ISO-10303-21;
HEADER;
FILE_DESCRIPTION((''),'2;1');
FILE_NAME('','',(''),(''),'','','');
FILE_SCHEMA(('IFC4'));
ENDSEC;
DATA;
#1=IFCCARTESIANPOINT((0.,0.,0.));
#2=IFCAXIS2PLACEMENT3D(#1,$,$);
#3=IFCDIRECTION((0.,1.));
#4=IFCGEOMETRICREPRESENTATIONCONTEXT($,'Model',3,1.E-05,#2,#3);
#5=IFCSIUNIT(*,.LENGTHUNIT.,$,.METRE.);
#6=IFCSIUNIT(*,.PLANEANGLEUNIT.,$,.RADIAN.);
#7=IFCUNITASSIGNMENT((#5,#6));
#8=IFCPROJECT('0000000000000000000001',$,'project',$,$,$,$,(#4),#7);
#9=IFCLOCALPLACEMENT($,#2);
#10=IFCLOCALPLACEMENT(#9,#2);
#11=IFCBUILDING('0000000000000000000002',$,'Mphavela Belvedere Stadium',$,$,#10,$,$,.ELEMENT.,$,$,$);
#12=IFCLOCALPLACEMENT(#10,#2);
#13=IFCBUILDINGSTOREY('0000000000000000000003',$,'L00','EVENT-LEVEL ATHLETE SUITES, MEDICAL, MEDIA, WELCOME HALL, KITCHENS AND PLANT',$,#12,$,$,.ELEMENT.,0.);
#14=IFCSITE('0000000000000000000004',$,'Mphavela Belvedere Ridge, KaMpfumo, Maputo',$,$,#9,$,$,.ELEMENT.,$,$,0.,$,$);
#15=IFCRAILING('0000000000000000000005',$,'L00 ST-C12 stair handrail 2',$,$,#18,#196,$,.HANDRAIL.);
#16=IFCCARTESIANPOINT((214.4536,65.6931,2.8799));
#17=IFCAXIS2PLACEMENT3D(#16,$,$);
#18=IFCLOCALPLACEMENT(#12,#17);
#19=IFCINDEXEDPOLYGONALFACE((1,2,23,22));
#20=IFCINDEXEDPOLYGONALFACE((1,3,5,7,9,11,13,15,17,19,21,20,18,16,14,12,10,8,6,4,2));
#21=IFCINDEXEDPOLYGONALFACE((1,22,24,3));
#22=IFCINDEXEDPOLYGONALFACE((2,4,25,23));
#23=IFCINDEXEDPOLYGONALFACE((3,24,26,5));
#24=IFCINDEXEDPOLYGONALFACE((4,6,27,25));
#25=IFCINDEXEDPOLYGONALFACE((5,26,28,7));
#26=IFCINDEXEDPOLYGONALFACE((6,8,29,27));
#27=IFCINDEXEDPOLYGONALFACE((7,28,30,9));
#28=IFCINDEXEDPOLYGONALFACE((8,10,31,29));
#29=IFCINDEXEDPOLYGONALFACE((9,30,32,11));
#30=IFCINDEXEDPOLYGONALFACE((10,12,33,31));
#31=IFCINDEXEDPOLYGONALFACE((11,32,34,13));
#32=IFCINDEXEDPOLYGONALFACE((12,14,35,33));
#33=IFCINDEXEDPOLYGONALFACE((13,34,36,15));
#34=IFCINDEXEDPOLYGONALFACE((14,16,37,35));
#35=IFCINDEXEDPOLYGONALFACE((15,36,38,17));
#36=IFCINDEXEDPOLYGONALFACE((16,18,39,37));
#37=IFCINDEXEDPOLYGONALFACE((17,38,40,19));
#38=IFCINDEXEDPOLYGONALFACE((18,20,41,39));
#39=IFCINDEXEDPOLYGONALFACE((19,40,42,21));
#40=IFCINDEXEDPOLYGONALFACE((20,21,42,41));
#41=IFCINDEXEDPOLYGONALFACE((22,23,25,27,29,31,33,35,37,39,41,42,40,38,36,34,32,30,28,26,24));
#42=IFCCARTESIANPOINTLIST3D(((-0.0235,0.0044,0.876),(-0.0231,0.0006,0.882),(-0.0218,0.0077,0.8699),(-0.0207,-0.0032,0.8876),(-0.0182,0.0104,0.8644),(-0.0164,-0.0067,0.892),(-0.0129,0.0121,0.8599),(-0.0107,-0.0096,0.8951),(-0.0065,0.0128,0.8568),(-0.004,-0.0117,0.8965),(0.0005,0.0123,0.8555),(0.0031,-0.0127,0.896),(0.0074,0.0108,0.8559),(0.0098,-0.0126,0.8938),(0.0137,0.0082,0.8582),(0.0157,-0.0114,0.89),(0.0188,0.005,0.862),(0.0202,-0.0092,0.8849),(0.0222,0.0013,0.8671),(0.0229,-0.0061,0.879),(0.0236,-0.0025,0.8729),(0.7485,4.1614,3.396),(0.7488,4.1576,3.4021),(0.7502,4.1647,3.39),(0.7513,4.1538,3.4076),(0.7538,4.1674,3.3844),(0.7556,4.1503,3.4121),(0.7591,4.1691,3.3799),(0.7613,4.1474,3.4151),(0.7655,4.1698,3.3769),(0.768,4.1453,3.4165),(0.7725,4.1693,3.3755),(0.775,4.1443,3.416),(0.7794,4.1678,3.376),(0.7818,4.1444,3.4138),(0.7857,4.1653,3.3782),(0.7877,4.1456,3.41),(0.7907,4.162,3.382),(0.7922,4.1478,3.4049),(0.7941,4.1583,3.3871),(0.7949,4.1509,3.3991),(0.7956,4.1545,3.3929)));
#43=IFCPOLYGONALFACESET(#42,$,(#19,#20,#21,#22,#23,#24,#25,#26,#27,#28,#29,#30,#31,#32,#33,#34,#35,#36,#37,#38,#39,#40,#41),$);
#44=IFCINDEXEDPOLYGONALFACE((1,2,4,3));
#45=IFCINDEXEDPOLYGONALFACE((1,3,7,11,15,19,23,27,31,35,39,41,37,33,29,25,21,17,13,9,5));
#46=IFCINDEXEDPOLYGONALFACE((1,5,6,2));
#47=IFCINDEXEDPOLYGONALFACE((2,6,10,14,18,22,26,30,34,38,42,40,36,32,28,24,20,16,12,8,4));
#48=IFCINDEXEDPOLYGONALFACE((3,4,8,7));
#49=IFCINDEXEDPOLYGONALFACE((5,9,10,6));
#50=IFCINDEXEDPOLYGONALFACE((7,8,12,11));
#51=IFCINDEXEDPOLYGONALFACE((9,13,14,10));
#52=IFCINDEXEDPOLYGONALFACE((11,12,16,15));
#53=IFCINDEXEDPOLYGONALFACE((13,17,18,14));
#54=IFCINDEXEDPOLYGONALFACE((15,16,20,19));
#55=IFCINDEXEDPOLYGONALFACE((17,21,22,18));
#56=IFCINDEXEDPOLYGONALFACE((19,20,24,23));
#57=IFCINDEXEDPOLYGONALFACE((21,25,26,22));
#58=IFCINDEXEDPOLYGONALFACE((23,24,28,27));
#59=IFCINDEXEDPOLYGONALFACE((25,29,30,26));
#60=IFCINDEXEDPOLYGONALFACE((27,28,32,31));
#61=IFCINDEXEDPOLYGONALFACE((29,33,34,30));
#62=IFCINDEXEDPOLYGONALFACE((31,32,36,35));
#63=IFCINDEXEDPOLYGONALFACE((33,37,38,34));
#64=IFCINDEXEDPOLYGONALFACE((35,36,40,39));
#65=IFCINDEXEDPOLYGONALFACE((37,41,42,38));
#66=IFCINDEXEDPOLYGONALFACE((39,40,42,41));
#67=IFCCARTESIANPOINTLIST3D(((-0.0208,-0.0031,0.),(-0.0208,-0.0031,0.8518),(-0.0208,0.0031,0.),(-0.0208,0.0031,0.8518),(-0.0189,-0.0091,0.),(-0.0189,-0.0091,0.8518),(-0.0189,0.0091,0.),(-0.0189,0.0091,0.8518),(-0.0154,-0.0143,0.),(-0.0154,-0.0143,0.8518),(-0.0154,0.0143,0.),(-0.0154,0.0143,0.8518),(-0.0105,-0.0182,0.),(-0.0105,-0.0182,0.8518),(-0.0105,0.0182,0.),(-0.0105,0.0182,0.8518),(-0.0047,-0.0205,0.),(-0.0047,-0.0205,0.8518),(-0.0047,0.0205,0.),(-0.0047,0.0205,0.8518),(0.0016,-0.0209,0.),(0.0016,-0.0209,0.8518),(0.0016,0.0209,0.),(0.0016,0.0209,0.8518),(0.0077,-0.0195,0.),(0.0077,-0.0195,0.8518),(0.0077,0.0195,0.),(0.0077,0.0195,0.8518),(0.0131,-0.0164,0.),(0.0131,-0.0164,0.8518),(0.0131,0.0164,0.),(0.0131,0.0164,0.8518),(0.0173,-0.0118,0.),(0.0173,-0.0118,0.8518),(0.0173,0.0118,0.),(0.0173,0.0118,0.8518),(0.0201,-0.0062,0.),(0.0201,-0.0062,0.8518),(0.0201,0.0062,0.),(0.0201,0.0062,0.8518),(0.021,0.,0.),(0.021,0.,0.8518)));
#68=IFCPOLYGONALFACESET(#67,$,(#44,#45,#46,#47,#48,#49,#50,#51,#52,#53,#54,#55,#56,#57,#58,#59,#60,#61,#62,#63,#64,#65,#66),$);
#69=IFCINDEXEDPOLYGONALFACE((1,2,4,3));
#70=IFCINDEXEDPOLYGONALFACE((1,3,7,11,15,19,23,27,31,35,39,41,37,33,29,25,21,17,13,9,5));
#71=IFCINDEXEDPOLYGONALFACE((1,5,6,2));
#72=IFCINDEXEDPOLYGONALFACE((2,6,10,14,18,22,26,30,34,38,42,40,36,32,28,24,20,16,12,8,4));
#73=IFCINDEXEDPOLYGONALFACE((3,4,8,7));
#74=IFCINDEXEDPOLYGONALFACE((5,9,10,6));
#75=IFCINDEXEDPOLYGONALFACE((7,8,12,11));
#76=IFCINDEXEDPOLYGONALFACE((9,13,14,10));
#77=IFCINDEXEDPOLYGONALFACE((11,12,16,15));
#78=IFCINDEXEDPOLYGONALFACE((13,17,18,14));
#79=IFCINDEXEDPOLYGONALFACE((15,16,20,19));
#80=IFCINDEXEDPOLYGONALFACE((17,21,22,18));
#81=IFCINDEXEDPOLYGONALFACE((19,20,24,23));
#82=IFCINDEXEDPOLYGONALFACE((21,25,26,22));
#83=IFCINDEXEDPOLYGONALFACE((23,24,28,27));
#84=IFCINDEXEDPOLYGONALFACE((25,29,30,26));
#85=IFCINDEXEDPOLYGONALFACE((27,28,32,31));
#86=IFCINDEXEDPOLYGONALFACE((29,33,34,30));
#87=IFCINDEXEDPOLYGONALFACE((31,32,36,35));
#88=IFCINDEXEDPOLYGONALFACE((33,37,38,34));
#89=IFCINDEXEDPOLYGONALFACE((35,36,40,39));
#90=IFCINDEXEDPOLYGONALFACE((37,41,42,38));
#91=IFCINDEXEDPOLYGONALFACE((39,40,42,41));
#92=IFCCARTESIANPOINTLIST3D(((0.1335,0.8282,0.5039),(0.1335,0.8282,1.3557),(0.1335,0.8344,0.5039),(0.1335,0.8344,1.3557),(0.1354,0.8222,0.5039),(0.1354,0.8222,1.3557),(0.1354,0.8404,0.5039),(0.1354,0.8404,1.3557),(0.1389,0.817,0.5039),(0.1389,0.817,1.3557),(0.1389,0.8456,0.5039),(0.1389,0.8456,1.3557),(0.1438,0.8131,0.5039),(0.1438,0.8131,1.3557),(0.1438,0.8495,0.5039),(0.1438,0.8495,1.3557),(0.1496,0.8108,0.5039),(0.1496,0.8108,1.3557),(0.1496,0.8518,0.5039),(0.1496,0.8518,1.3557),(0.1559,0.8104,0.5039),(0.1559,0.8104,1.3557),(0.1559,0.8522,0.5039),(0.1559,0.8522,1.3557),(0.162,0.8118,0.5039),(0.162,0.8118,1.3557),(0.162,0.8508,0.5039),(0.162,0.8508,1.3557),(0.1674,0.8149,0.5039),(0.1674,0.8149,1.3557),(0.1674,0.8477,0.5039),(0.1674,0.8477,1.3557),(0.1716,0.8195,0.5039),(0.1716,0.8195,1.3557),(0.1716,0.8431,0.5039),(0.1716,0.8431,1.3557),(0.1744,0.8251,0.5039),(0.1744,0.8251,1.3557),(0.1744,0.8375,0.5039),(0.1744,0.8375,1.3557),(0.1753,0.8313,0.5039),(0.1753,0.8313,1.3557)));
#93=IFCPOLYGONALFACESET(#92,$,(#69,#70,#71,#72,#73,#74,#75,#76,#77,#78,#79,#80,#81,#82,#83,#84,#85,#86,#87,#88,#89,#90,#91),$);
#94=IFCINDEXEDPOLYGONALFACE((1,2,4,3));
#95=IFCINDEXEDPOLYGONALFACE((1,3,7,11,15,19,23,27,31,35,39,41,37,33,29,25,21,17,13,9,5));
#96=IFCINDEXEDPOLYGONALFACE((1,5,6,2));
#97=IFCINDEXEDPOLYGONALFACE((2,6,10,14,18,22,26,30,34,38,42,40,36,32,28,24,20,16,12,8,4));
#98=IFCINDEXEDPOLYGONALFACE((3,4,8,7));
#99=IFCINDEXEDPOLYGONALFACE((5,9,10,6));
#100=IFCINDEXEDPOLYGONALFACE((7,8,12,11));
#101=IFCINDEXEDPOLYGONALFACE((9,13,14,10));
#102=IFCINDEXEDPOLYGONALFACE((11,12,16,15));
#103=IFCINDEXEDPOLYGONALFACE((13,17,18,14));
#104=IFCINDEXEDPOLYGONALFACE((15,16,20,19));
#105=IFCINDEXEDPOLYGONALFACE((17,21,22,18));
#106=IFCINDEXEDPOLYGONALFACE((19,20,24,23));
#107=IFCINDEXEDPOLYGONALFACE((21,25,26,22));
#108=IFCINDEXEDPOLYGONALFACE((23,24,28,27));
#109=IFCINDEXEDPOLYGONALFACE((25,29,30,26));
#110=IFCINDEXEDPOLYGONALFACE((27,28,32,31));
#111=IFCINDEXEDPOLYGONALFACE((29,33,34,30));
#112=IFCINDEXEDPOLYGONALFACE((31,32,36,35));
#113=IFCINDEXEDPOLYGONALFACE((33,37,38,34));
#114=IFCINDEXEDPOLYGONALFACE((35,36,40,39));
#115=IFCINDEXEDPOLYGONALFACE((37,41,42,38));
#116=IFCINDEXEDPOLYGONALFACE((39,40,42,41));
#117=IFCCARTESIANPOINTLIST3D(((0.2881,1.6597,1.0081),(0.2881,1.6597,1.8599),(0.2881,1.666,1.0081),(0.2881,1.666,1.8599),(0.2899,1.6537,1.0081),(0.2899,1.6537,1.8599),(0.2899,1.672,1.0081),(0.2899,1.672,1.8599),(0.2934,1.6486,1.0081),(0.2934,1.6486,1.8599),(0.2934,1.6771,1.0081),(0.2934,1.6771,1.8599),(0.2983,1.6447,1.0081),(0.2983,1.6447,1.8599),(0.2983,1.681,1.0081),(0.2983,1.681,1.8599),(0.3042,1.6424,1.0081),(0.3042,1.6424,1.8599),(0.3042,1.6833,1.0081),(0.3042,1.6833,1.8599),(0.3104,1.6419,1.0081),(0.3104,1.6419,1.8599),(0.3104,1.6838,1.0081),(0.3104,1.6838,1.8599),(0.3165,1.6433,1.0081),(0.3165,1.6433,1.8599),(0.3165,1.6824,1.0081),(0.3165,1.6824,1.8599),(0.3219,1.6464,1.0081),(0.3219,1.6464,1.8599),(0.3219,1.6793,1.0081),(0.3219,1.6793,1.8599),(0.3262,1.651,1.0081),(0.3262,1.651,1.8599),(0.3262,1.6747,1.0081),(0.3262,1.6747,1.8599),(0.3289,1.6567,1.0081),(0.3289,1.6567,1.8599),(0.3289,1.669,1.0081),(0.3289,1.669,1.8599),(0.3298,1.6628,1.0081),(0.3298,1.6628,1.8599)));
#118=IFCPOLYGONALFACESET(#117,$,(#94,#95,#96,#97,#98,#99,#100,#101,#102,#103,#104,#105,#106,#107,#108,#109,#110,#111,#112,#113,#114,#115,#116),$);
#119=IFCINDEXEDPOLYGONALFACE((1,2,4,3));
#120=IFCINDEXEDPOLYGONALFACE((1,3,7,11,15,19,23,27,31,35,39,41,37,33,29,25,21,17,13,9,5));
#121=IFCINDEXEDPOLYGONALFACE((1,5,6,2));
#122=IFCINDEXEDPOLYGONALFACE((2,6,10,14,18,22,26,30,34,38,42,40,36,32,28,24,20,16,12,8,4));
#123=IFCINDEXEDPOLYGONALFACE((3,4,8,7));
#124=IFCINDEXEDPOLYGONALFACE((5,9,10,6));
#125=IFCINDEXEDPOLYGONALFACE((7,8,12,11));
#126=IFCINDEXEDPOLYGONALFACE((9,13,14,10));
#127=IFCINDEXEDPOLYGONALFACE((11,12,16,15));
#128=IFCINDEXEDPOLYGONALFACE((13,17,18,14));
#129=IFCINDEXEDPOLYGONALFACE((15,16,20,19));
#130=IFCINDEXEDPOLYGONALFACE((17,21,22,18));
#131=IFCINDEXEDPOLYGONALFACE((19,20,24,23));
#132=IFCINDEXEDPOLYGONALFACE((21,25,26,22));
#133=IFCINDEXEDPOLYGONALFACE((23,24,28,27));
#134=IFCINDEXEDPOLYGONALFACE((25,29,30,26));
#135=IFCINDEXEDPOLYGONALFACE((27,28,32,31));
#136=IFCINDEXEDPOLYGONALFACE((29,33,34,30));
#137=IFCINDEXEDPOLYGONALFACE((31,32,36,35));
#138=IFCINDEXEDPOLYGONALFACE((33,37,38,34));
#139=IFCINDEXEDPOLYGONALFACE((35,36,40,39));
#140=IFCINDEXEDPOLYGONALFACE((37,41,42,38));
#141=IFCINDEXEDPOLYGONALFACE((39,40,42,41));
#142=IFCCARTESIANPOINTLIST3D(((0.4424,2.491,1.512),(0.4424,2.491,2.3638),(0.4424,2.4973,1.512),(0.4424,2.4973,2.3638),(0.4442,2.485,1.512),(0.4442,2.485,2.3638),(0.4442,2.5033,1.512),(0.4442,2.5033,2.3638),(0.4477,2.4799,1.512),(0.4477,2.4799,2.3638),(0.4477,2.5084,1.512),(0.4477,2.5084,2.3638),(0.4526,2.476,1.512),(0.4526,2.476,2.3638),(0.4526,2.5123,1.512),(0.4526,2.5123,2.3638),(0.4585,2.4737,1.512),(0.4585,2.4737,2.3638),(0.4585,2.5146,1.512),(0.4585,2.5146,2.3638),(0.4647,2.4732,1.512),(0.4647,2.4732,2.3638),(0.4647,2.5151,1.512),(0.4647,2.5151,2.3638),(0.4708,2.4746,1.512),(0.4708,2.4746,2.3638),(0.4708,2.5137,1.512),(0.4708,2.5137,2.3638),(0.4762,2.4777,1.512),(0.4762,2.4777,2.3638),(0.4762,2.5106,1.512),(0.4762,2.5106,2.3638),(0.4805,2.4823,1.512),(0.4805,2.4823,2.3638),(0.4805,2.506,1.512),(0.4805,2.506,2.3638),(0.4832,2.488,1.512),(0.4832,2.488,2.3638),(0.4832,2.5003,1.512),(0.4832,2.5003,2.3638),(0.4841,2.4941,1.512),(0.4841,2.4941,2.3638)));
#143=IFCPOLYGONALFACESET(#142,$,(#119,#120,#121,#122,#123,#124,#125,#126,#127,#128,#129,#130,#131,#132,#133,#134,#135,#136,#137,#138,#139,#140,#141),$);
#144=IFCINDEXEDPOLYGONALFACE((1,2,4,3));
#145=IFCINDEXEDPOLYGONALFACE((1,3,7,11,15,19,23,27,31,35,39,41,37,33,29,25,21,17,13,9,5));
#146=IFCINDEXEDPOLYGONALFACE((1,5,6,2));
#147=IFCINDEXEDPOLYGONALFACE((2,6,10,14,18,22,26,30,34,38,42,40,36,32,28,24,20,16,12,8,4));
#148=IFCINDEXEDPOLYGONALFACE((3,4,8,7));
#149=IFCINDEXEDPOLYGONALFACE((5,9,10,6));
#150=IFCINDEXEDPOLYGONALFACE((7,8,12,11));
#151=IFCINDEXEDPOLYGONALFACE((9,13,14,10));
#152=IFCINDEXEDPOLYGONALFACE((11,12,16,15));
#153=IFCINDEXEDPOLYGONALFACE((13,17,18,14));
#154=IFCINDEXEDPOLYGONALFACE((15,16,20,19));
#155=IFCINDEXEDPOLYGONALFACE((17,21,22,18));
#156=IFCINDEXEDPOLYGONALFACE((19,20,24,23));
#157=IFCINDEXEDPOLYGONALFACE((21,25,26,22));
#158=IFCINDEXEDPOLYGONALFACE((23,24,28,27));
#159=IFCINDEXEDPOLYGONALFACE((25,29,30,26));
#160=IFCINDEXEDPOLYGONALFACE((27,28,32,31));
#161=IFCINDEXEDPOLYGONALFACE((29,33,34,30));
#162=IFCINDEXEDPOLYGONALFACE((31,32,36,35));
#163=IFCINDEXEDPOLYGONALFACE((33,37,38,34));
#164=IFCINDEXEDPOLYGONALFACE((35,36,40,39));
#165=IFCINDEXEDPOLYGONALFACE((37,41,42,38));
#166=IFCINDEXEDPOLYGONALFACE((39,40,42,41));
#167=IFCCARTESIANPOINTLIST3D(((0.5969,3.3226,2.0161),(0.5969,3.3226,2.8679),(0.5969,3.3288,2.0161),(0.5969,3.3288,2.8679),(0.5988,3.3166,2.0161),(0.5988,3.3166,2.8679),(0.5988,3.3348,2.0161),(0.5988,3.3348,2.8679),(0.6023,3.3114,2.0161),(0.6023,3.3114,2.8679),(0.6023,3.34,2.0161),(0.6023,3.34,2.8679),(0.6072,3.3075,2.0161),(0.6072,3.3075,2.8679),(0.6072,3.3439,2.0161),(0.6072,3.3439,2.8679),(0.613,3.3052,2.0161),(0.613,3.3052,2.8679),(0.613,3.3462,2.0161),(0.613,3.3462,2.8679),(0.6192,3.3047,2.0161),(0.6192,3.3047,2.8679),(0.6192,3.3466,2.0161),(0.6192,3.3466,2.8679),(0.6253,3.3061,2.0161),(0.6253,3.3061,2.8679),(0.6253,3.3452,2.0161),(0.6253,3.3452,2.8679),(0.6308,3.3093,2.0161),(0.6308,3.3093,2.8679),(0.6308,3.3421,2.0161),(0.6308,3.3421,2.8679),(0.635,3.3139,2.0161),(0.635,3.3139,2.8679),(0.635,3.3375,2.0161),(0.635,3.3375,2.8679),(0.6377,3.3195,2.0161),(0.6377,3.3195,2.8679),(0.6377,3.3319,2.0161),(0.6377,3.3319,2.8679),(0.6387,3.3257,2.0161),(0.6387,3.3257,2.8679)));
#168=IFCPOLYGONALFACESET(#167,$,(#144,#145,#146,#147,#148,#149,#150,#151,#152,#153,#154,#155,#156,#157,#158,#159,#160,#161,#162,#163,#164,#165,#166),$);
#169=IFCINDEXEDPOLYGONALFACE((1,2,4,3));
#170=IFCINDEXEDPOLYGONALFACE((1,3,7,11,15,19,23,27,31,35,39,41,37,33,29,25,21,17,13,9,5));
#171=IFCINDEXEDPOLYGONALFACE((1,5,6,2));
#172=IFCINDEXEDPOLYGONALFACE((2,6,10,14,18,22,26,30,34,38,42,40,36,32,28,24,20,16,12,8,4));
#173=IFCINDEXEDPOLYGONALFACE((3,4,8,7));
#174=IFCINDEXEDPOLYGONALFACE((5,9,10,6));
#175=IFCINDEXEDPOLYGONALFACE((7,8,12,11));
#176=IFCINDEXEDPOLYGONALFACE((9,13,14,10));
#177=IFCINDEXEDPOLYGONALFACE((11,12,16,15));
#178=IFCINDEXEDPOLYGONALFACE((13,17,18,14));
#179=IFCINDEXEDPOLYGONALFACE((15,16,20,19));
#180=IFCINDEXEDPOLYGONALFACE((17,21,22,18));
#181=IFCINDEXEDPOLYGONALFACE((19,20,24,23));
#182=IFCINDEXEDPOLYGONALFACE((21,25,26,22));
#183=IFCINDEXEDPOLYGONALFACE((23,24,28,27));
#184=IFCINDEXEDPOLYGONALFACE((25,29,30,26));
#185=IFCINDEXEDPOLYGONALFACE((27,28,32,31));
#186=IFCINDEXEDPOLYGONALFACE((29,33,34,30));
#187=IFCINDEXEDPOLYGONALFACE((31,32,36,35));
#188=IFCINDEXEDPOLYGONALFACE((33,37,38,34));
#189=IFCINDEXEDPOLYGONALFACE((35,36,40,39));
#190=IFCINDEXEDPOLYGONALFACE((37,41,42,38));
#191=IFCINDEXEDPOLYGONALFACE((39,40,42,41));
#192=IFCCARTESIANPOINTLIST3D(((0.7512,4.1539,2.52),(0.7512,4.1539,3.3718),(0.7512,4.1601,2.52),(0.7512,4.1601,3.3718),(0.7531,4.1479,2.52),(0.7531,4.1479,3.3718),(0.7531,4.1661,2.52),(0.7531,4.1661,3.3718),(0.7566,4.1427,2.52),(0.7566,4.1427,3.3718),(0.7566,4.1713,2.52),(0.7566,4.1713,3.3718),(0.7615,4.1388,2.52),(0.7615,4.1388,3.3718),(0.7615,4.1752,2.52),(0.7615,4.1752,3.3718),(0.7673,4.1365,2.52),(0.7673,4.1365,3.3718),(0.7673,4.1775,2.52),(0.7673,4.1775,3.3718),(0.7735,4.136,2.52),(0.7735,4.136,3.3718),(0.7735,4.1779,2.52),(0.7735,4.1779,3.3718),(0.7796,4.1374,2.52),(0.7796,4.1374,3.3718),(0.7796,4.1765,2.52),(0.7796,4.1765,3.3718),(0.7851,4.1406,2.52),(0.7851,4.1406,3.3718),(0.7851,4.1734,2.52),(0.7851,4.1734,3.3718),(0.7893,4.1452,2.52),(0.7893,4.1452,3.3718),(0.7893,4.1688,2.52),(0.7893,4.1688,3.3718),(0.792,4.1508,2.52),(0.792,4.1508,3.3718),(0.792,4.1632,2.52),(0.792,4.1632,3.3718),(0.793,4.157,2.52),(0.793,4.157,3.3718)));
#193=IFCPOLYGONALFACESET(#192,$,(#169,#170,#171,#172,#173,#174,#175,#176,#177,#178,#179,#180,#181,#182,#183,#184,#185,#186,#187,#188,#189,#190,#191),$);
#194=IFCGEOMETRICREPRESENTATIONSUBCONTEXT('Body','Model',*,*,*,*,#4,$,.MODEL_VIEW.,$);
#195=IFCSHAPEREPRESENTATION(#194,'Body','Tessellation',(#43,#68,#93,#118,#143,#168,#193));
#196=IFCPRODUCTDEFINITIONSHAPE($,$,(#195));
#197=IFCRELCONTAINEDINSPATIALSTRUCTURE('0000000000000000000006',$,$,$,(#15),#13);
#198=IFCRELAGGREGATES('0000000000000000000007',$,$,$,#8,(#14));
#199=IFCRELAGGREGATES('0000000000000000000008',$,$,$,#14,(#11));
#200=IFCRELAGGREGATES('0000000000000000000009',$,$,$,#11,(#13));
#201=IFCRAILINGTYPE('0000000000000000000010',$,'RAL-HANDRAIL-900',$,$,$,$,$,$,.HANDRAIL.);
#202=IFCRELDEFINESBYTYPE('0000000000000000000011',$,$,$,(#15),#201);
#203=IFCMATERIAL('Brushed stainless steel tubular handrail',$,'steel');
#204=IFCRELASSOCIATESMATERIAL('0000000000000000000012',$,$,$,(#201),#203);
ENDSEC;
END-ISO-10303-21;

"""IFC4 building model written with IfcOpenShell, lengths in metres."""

from ifc_helpers import new_model, si_unit, direction, frame, origin, origin_2d, place, context, subcontext, project, spatial, circle, extrude, material, type_object, element, save


model = new_model("IFC4")

# Units and contexts
model_context = context("Model", 3, precision=1e-05, world=origin(), true_north=direction((0.0, 1.0)))
body_context = subcontext(model_context, "Body", "Model", "MODEL_VIEW")
ifc_project = project(units=[si_unit("LENGTHUNIT", "METRE"), si_unit("PLANEANGLEUNIT", "RADIAN")], contexts=[model_context])

# Site, building, storey
site_placement = place(None, origin())
site = spatial("IfcSite", under=ifc_project, at=site_placement, Name="Mphavela Belvedere Ridge, KaMpfumo, Maputo", CompositionType="ELEMENT", RefElevation=0.0)
building_placement = place(site_placement, origin())
building = spatial("IfcBuilding", under=site, at=building_placement, Name="Mphavela Belvedere Stadium", CompositionType="ELEMENT")
storey_placement = place(building_placement, origin())
storey = spatial("IfcBuildingStorey", under=building, at=storey_placement, Name="L00", Description="EVENT-LEVEL ATHLETE SUITES, MEDICAL, MEDIA, WELCOME HALL, KITCHENS AND PLANT", CompositionType="ELEMENT", Elevation=0.0)

# Railing
ifc_material_1 = material(Name="Brushed stainless steel tubular handrail", Category="steel")
railing_type = type_object("IfcRailingType", Name="RAL-HANDRAIL-900", PredefinedType="HANDRAIL", material=ifc_material_1)
railing_placement = place(storey_placement, frame((214.4536, 65.6931, 2.8799)))
element("IfcRailing", 1, at=railing_placement, inside=storey, type_object=railing_type, Name="L00 ST-C12 stair handrail 2", PredefinedType="HANDRAIL", context=body_context, shape_type="SweptSolid", body=[
    extrude(circle(Radius=0.0239, at=origin_2d()), frame((0.0, 0.0, 0.876), z_axis=(0.156838, 0.844557, 0.511982), x_axis=(-0.98319, 0.182583, 0.0)), (0.0, 0.0, 1.0), 4.9221),
    extrude(circle(Radius=0.021, at=origin_2d()), origin(), (0.0, 0.0, 1.0), 0.8518),
    extrude(circle(Radius=0.021, at=origin_2d()), frame((0.1543, 0.8313, 0.5039)), (0.0, 0.0, 1.0), 0.8518),
    extrude(circle(Radius=0.021, at=origin_2d()), frame((0.3088, 1.6628, 1.0081)), (0.0, 0.0, 1.0), 0.8518),
    extrude(circle(Radius=0.021, at=origin_2d()), frame((0.4631, 2.4941, 1.512)), (0.0, 0.0, 1.0), 0.8518),
    extrude(circle(Radius=0.021, at=origin_2d()), frame((0.6177, 3.3257, 2.0161)), (0.0, 0.0, 1.0), 0.8518),
    extrude(circle(Radius=0.021, at=origin_2d()), frame((0.772, 4.157, 2.52)), (0.0, 0.0, 1.0), 0.8518),
])

save(model, "model.ifc")
